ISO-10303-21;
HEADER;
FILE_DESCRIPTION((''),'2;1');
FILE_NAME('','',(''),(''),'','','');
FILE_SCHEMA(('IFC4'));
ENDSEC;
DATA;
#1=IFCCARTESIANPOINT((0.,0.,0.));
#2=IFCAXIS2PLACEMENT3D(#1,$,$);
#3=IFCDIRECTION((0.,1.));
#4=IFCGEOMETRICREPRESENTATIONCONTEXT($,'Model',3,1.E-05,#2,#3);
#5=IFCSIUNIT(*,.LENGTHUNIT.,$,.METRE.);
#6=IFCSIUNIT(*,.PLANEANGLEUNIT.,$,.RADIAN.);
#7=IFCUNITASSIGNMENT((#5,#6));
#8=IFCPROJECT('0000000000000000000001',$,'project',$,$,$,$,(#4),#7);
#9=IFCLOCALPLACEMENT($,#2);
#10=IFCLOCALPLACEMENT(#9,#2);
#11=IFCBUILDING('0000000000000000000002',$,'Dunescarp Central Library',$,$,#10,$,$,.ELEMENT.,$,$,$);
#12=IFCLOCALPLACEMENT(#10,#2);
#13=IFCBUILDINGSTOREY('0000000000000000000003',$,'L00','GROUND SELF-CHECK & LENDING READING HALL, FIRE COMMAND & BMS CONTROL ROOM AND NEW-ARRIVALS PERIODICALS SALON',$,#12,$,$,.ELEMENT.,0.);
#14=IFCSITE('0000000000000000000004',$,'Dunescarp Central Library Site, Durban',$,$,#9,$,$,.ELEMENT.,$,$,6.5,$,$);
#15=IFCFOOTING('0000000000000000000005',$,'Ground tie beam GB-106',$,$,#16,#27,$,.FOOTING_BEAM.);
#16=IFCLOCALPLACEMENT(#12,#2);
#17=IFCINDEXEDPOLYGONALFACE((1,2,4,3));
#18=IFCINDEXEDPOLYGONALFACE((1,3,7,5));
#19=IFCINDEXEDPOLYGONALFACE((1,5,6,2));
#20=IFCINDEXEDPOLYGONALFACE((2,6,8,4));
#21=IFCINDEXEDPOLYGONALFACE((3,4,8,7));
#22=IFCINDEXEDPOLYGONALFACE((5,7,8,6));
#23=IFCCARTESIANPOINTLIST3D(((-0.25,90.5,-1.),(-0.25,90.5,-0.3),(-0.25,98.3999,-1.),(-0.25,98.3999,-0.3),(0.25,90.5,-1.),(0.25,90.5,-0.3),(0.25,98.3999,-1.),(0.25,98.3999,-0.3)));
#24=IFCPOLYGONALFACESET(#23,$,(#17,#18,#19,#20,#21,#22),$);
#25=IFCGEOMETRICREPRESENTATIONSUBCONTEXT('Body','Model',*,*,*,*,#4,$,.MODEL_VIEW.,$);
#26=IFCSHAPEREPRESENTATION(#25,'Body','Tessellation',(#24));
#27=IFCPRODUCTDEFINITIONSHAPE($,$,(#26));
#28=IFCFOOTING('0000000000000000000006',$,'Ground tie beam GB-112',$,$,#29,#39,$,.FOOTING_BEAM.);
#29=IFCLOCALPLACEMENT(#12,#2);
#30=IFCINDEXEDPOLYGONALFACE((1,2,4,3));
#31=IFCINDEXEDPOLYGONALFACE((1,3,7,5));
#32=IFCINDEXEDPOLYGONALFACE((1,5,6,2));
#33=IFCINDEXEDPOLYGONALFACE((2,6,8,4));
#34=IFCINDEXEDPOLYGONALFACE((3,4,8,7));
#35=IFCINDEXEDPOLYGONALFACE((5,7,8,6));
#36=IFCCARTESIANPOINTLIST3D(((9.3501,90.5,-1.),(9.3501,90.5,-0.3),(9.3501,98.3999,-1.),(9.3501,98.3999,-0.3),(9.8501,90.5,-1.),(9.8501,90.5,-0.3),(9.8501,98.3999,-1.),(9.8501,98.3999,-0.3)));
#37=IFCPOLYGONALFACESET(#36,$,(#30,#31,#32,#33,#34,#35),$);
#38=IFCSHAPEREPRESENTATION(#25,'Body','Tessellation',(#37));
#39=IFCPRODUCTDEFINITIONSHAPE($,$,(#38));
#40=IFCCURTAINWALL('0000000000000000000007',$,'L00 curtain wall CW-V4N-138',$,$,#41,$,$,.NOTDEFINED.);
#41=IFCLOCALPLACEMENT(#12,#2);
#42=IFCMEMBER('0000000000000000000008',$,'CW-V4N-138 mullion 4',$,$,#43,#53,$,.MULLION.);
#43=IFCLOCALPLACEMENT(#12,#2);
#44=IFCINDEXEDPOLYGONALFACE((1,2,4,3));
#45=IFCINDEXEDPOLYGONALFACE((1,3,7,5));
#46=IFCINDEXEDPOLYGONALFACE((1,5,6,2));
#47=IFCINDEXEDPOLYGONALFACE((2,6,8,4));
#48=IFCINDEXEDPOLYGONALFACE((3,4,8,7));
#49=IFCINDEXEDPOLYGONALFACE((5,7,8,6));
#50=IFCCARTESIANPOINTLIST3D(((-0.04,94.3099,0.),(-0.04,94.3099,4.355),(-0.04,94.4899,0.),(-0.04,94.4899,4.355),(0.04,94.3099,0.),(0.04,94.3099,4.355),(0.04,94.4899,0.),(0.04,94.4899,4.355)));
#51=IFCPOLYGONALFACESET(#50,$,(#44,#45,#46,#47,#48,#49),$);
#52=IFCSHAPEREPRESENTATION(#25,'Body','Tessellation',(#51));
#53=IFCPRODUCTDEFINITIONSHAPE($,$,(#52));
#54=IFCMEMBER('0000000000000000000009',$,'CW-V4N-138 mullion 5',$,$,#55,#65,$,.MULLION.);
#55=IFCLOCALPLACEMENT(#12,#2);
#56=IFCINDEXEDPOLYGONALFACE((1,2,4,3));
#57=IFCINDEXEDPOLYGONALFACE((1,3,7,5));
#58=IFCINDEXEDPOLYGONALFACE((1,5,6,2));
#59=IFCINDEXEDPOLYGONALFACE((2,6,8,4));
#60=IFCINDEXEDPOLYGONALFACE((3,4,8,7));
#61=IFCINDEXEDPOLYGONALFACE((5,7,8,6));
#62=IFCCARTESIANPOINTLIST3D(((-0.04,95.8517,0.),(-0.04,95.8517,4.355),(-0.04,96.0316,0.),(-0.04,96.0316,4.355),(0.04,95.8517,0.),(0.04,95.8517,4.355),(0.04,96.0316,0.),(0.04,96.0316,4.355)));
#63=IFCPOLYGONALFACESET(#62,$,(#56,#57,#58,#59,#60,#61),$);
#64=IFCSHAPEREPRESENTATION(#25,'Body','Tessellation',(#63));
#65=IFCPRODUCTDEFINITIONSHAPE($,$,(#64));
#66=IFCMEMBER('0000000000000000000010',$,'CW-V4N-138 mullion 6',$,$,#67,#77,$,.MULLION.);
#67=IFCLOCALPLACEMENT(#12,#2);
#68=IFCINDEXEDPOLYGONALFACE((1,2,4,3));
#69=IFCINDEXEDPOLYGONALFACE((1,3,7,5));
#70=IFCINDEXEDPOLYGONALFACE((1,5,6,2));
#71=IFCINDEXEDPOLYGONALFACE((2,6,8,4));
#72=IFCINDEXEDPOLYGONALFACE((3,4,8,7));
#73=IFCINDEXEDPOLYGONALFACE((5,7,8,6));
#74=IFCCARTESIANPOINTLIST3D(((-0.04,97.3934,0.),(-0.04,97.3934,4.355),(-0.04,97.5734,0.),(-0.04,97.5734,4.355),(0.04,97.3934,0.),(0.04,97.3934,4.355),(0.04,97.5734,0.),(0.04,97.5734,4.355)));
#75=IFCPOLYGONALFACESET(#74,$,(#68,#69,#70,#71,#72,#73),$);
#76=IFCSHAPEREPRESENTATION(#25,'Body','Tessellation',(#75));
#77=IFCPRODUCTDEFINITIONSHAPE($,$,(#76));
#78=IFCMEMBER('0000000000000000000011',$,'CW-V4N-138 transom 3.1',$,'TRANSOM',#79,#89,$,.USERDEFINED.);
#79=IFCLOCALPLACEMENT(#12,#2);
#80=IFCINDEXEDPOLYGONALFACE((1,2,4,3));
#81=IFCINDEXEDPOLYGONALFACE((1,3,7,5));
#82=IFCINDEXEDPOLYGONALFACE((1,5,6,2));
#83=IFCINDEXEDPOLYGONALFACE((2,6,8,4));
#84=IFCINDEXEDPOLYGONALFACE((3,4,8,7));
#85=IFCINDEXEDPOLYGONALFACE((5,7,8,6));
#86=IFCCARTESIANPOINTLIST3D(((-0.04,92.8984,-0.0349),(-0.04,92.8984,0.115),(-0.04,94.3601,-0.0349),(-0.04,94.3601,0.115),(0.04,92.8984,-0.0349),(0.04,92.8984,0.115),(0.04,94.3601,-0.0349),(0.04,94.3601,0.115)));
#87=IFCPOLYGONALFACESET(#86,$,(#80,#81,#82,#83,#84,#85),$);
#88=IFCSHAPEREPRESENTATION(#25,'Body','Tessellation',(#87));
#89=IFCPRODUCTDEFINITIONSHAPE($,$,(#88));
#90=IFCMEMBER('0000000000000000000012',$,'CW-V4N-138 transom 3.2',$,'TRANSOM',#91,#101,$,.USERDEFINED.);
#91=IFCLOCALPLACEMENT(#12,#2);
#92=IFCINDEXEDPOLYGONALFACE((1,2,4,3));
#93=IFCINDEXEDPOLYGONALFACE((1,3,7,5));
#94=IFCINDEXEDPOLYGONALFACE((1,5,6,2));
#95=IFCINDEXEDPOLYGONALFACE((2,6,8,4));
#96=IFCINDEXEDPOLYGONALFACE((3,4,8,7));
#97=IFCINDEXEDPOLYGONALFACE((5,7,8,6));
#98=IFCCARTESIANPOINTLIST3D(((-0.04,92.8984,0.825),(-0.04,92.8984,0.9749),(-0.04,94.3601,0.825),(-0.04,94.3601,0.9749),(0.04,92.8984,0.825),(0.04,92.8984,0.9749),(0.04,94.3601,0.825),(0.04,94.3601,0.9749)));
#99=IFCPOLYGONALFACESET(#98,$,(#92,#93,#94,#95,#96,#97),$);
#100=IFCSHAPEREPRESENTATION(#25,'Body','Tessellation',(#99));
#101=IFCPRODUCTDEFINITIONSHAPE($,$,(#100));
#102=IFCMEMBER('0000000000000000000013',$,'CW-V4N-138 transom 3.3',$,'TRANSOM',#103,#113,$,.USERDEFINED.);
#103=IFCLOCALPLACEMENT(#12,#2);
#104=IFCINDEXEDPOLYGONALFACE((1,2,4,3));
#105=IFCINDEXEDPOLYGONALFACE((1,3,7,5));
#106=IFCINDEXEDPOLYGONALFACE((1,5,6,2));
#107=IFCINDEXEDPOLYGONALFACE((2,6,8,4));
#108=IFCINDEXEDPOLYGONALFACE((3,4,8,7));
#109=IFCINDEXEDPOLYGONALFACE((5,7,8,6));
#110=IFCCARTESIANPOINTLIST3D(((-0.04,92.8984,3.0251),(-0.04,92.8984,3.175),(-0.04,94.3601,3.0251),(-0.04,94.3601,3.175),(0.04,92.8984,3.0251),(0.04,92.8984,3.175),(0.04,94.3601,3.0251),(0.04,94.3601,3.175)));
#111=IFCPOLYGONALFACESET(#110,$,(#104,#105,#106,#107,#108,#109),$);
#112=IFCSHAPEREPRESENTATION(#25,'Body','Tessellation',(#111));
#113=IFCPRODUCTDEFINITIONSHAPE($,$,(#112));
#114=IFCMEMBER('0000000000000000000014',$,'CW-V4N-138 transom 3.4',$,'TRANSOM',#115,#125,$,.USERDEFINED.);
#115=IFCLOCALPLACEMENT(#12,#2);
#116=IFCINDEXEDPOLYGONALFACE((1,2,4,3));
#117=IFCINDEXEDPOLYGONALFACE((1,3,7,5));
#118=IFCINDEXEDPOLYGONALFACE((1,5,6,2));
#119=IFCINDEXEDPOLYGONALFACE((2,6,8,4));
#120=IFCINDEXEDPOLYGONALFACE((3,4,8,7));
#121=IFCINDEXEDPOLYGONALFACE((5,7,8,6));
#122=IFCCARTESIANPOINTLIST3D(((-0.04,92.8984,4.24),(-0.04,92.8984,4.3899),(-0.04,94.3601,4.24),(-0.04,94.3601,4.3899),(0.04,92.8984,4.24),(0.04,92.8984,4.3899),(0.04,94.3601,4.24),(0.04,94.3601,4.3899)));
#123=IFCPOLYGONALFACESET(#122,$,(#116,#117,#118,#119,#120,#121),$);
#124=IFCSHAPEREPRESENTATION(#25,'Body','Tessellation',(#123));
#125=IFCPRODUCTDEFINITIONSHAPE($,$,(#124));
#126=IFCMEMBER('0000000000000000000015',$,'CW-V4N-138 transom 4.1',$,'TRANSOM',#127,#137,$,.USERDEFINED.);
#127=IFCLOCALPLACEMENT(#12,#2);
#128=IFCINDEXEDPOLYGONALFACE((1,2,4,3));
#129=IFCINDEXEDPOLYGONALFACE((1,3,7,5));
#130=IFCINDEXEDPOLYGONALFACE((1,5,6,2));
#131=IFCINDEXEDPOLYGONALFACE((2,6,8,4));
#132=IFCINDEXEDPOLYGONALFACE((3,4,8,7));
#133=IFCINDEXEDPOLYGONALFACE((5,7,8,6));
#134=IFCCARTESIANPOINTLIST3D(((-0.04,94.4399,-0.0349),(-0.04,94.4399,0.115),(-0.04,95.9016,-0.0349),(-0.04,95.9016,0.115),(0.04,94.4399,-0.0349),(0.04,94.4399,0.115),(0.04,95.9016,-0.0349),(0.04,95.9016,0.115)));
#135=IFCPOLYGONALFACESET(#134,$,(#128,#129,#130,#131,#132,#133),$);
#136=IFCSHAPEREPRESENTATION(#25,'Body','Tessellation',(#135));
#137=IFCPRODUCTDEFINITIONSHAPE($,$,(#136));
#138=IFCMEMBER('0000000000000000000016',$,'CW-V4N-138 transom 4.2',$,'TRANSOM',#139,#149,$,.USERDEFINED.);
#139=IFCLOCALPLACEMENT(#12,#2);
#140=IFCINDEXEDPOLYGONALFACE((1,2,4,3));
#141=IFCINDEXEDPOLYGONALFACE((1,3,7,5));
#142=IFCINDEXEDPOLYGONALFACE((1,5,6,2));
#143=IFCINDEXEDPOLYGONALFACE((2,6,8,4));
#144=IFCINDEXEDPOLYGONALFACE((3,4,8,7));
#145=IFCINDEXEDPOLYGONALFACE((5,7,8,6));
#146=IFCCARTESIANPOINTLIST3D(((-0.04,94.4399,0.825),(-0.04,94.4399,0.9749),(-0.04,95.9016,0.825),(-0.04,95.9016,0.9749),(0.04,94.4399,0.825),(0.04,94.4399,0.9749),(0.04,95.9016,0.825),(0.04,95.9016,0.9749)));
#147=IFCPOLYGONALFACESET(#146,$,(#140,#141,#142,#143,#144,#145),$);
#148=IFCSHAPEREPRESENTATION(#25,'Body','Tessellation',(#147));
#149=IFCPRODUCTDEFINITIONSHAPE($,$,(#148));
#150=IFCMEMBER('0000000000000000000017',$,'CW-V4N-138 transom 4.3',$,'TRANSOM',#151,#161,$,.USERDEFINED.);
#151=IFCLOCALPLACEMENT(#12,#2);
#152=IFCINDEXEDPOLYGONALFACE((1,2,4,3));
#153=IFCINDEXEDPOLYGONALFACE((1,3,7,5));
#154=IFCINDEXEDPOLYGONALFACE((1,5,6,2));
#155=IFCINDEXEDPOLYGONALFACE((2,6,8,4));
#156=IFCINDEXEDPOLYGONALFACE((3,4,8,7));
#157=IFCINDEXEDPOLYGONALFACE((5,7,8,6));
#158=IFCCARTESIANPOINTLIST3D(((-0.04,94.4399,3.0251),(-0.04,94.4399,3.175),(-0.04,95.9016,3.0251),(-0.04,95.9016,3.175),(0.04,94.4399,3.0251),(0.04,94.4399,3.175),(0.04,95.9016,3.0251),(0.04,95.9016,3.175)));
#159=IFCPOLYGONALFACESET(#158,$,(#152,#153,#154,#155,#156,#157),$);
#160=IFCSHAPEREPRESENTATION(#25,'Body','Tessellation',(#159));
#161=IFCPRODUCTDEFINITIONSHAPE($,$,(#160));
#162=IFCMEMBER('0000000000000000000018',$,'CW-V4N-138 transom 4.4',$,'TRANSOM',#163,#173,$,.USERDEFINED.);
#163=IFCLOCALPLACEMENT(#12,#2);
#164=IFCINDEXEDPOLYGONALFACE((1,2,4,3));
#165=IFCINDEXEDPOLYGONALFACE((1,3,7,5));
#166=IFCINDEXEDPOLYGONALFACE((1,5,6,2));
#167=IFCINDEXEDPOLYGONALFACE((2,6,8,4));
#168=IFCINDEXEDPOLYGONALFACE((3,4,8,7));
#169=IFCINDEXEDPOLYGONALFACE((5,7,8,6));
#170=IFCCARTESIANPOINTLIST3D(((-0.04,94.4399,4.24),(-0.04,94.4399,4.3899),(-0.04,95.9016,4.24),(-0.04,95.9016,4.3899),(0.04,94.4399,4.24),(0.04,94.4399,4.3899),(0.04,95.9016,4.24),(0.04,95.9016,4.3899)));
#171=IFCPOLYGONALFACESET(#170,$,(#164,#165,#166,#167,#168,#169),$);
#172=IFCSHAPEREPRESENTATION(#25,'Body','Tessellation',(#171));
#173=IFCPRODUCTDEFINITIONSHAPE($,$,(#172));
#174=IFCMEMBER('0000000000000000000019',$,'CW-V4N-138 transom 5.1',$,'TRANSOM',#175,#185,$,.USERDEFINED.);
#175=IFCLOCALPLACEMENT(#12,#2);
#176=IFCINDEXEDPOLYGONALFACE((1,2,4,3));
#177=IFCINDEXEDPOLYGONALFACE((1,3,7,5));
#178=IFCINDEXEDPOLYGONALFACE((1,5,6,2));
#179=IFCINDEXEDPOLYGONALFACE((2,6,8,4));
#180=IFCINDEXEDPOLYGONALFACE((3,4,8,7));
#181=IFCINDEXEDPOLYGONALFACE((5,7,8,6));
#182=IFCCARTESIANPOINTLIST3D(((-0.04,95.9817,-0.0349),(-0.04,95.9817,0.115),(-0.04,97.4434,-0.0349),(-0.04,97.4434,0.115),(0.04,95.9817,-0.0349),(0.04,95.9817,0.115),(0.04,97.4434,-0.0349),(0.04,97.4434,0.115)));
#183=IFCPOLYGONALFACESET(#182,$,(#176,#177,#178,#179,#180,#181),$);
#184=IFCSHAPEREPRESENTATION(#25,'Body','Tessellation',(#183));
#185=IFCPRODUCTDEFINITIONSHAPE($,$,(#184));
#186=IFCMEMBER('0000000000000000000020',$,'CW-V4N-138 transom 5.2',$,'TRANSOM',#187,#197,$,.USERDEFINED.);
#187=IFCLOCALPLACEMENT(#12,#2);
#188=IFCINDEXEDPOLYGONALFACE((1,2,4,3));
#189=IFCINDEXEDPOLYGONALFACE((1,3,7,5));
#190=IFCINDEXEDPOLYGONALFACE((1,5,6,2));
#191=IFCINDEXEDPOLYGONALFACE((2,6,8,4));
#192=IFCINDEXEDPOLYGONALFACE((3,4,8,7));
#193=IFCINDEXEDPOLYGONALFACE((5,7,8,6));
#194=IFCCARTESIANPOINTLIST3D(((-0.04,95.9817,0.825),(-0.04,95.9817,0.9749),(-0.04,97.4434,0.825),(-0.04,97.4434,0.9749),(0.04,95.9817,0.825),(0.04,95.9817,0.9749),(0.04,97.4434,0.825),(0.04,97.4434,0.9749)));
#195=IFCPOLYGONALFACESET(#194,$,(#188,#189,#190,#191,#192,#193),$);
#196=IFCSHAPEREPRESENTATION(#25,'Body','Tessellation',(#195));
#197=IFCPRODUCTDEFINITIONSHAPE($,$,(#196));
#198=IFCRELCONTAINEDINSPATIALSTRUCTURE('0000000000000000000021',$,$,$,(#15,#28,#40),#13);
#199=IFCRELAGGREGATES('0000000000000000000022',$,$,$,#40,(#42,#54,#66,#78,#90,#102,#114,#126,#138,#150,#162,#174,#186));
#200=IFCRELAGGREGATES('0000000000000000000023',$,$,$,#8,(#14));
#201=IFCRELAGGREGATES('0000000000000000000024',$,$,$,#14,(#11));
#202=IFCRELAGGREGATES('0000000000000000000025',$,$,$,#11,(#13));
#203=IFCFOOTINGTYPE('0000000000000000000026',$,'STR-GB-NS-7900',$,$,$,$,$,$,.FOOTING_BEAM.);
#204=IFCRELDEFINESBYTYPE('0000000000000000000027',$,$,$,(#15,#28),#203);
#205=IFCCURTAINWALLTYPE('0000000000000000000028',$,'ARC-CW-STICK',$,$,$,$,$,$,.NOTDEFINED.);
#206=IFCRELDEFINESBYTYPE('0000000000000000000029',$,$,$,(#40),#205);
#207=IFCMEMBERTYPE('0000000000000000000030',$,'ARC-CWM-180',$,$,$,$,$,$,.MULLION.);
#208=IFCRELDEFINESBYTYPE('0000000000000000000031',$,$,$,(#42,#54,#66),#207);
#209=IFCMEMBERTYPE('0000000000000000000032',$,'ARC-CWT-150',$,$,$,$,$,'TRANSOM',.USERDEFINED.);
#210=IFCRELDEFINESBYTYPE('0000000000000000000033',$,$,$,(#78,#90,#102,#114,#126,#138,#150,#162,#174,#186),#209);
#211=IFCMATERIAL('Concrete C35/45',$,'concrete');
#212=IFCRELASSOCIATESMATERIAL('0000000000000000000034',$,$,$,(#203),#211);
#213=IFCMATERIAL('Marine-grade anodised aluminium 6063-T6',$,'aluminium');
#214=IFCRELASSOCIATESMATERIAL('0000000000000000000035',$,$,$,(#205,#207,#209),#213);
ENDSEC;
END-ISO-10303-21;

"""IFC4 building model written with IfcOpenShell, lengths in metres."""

from ifc_helpers import new_model, si_unit, direction, frame, origin, origin_2d, place, context, subcontext, project, spatial, rectangle, extrude, material, material_profile, profile_set, type_object, element, aggregate, save


model = new_model("IFC4")

# Units and contexts
model_context = context("Model", 3, precision=1e-05, world=origin(), true_north=direction((0.0, 1.0)))
body_context = subcontext(model_context, "Body", "Model", "MODEL_VIEW")
ifc_project = project(units=[si_unit("LENGTHUNIT", "METRE"), si_unit("PLANEANGLEUNIT", "RADIAN")], contexts=[model_context])

# Site, building, storey
site_placement = place(None, origin())
site = spatial("IfcSite", under=ifc_project, at=site_placement, Name="Dunescarp Central Library Site, Durban", CompositionType="ELEMENT", RefElevation=6.5)
building_placement = place(site_placement, origin())
building = spatial("IfcBuilding", under=site, at=building_placement, Name="Dunescarp Central Library", CompositionType="ELEMENT")
storey_placement = place(building_placement, origin())
storey = spatial("IfcBuildingStorey", under=building, at=storey_placement, Name="L00", Description="GROUND SELF-CHECK & LENDING READING HALL, FIRE COMMAND & BMS CONTROL ROOM AND NEW-ARRIVALS PERIODICALS SALON", CompositionType="ELEMENT", Elevation=0.0)

# Footings
ifc_material_1 = material(Name="Concrete C35/45", Category="concrete")
footing_type = type_object("IfcFootingType", Name="STR-GB-NS-7900", PredefinedType="FOOTING_BEAM", material=ifc_material_1)
for number, where, z_axis, x_axis, name in (
    (1, (0.0, 94.45, -1.0), (0.0, 0.0, 1.0), (0.0, 1.0, 0.0), "Ground tie beam GB-106"),
    (2, (9.6001, 94.45, -1.0), (0.0, 0.0, 1.0), (0.0, 1.0, 0.0), "Ground tie beam GB-112"),
):
    element("IfcFooting", number, at=place(storey_placement, frame(where, z_axis=z_axis, x_axis=x_axis)), inside=storey, type_object=footing_type, Name=name, PredefinedType="FOOTING_BEAM", context=body_context, shape_type="SweptSolid", body=[
        extrude(rectangle(XDim=7.8999, YDim=0.5, at=origin_2d()), origin(), (0.0, 0.0, 1.0), 0.7),
    ])

# Curtain wall, members
ifc_material_2 = material(Name="Marine-grade anodised aluminium 6063-T6", Category="aluminium")
curtain_wall_type = type_object("IfcCurtainWallType", Name="ARC-CW-STICK", PredefinedType="NOTDEFINED", material=ifc_material_2)
curtain_wall_placement = place(storey_placement, origin())
curtain_wall = element("IfcCurtainWall", 3, at=curtain_wall_placement, inside=storey, type_object=curtain_wall_type, Name="L00 curtain wall CW-V4N-138", PredefinedType="NOTDEFINED")
ifc_material_profile_1 = material_profile(ifc_material_2, rectangle(XDim=0.0801, YDim=0.1799, at=origin_2d()), Name="AL 80x180")
ifc_profile_set_1 = profile_set([ifc_material_profile_1], Name="Marine-grade anodised aluminium 6063-T6")
member_type_1 = type_object("IfcMemberType", Name="ARC-CWM-180", PredefinedType="MULLION", material=ifc_profile_set_1)
member_1_placement = place(storey_placement, frame((0.0, 94.3999, 0.0), z_axis=(0.0, 0.0, 1.0), x_axis=(-1.0, 0.0, 0.0)))
member_1 = element("IfcMember", 4, at=member_1_placement, type_object=member_type_1, Name="CW-V4N-138 mullion 4", PredefinedType="MULLION", context=body_context, shape_type="SweptSolid", body=[
    extrude(rectangle(XDim=0.0801, YDim=0.1799, at=origin_2d()), origin(), (0.0, 0.0, 1.0), 4.355),
])
member_2_placement = place(storey_placement, frame((0.0, 95.9417, 0.0), z_axis=(0.0, 0.0, 1.0), x_axis=(-1.0, 0.0, 0.0)))
member_2 = element("IfcMember", 5, at=member_2_placement, type_object=member_type_1, Name="CW-V4N-138 mullion 5", PredefinedType="MULLION", context=body_context, shape_type="SweptSolid", body=[
    extrude(rectangle(XDim=0.0801, YDim=0.1799, at=origin_2d()), origin(), (0.0, 0.0, 1.0), 4.355),
])
member_3_placement = place(storey_placement, frame((0.0, 97.4834, 0.0), z_axis=(0.0, 0.0, 1.0), x_axis=(-1.0, 0.0, 0.0)))
member_3 = element("IfcMember", 6, at=member_3_placement, type_object=member_type_1, Name="CW-V4N-138 mullion 6", PredefinedType="MULLION", context=body_context, shape_type="SweptSolid", body=[
    extrude(rectangle(XDim=0.0801, YDim=0.1799, at=origin_2d()), origin(), (0.0, 0.0, 1.0), 4.355),
])
ifc_material_profile_2 = material_profile(ifc_material_2, rectangle(XDim=0.0801, YDim=0.1499, at=origin_2d()), Name="AL 80x150")
ifc_profile_set_2 = profile_set([ifc_material_profile_2], Name="Marine-grade anodised aluminium 6063-T6")
member_type_2 = type_object("IfcMemberType", Name="ARC-CWT-150", ElementType="TRANSOM", PredefinedType="USERDEFINED", material=ifc_profile_set_2)
member_4_placement = place(storey_placement, frame((0.0, 92.8984, 0.04), z_axis=(0.0, 1.0, 0.0), x_axis=(-1.0, 0.0, 0.0)))
member_4 = element("IfcMember", 7, at=member_4_placement, type_object=member_type_2, Name="CW-V4N-138 transom 3.1", ObjectType="TRANSOM", PredefinedType="USERDEFINED", context=body_context, shape_type="SweptSolid", body=[
    extrude(rectangle(XDim=0.0801, YDim=0.1499, at=origin_2d()), origin(), (0.0, 0.0, 1.0), 1.4617),
])
member_5_placement = place(storey_placement, frame((0.0, 92.8984, 0.8999), z_axis=(0.0, 1.0, 0.0), x_axis=(-1.0, 0.0, 0.0)))
member_5 = element("IfcMember", 8, at=member_5_placement, type_object=member_type_2, Name="CW-V4N-138 transom 3.2", ObjectType="TRANSOM", PredefinedType="USERDEFINED", context=body_context, shape_type="SweptSolid", body=[
    extrude(rectangle(XDim=0.0801, YDim=0.1499, at=origin_2d()), origin(), (0.0, 0.0, 1.0), 1.4617),
])
member_6_placement = place(storey_placement, frame((0.0, 92.8984, 3.1001), z_axis=(0.0, 1.0, 0.0), x_axis=(-1.0, 0.0, 0.0)))
member_6 = element("IfcMember", 9, at=member_6_placement, type_object=member_type_2, Name="CW-V4N-138 transom 3.3", ObjectType="TRANSOM", PredefinedType="USERDEFINED", context=body_context, shape_type="SweptSolid", body=[
    extrude(rectangle(XDim=0.0801, YDim=0.1499, at=origin_2d()), origin(), (0.0, 0.0, 1.0), 1.4617),
])
member_7_placement = place(storey_placement, frame((0.0, 92.8984, 4.3149), z_axis=(0.0, 1.0, 0.0), x_axis=(-1.0, 0.0, 0.0)))
member_7 = element("IfcMember", 10, at=member_7_placement, type_object=member_type_2, Name="CW-V4N-138 transom 3.4", ObjectType="TRANSOM", PredefinedType="USERDEFINED", context=body_context, shape_type="SweptSolid", body=[
    extrude(rectangle(XDim=0.0801, YDim=0.1499, at=origin_2d()), origin(), (0.0, 0.0, 1.0), 1.4617),
])
member_8_placement = place(storey_placement, frame((0.0, 94.4399, 0.04), z_axis=(0.0, 1.0, 0.0), x_axis=(-1.0, 0.0, 0.0)))
member_8 = element("IfcMember", 11, at=member_8_placement, type_object=member_type_2, Name="CW-V4N-138 transom 4.1", ObjectType="TRANSOM", PredefinedType="USERDEFINED", context=body_context, shape_type="SweptSolid", body=[
    extrude(rectangle(XDim=0.0801, YDim=0.1499, at=origin_2d()), origin(), (0.0, 0.0, 1.0), 1.4617),
])
member_9_placement = place(storey_placement, frame((0.0, 94.4399, 0.8999), z_axis=(0.0, 1.0, 0.0), x_axis=(-1.0, 0.0, 0.0)))
member_9 = element("IfcMember", 12, at=member_9_placement, type_object=member_type_2, Name="CW-V4N-138 transom 4.2", ObjectType="TRANSOM", PredefinedType="USERDEFINED", context=body_context, shape_type="SweptSolid", body=[
    extrude(rectangle(XDim=0.0801, YDim=0.1499, at=origin_2d()), origin(), (0.0, 0.0, 1.0), 1.4617),
])
member_10_placement = place(storey_placement, frame((0.0, 94.4399, 3.1001), z_axis=(0.0, 1.0, 0.0), x_axis=(-1.0, 0.0, 0.0)))
member_10 = element("IfcMember", 13, at=member_10_placement, type_object=member_type_2, Name="CW-V4N-138 transom 4.3", ObjectType="TRANSOM", PredefinedType="USERDEFINED", context=body_context, shape_type="SweptSolid", body=[
    extrude(rectangle(XDim=0.0801, YDim=0.1499, at=origin_2d()), origin(), (0.0, 0.0, 1.0), 1.4617),
])
member_11_placement = place(storey_placement, frame((0.0, 94.4399, 4.3149), z_axis=(0.0, 1.0, 0.0), x_axis=(-1.0, 0.0, 0.0)))
member_11 = element("IfcMember", 14, at=member_11_placement, type_object=member_type_2, Name="CW-V4N-138 transom 4.4", ObjectType="TRANSOM", PredefinedType="USERDEFINED", context=body_context, shape_type="SweptSolid", body=[
    extrude(rectangle(XDim=0.0801, YDim=0.1499, at=origin_2d()), origin(), (0.0, 0.0, 1.0), 1.4617),
])
member_12_placement = place(storey_placement, frame((0.0, 95.9817, 0.04), z_axis=(0.0, 1.0, 0.0), x_axis=(-1.0, 0.0, 0.0)))
member_12 = element("IfcMember", 15, at=member_12_placement, type_object=member_type_2, Name="CW-V4N-138 transom 5.1", ObjectType="TRANSOM", PredefinedType="USERDEFINED", context=body_context, shape_type="SweptSolid", body=[
    extrude(rectangle(XDim=0.0801, YDim=0.1499, at=origin_2d()), origin(), (0.0, 0.0, 1.0), 1.4617),
])
member_13_placement = place(storey_placement, frame((0.0, 95.9817, 0.8999), z_axis=(0.0, 1.0, 0.0), x_axis=(-1.0, 0.0, 0.0)))
member_13 = element("IfcMember", 16, at=member_13_placement, type_object=member_type_2, Name="CW-V4N-138 transom 5.2", ObjectType="TRANSOM", PredefinedType="USERDEFINED", context=body_context, shape_type="SweptSolid", body=[
    extrude(rectangle(XDim=0.0801, YDim=0.1499, at=origin_2d()), origin(), (0.0, 0.0, 1.0), 1.4617),
])
aggregate(curtain_wall, [member_1, member_2, member_3, member_4, member_5, member_6, member_7, member_8, member_9, member_10, member_11, member_12, member_13])

save(model, "model.ifc")
